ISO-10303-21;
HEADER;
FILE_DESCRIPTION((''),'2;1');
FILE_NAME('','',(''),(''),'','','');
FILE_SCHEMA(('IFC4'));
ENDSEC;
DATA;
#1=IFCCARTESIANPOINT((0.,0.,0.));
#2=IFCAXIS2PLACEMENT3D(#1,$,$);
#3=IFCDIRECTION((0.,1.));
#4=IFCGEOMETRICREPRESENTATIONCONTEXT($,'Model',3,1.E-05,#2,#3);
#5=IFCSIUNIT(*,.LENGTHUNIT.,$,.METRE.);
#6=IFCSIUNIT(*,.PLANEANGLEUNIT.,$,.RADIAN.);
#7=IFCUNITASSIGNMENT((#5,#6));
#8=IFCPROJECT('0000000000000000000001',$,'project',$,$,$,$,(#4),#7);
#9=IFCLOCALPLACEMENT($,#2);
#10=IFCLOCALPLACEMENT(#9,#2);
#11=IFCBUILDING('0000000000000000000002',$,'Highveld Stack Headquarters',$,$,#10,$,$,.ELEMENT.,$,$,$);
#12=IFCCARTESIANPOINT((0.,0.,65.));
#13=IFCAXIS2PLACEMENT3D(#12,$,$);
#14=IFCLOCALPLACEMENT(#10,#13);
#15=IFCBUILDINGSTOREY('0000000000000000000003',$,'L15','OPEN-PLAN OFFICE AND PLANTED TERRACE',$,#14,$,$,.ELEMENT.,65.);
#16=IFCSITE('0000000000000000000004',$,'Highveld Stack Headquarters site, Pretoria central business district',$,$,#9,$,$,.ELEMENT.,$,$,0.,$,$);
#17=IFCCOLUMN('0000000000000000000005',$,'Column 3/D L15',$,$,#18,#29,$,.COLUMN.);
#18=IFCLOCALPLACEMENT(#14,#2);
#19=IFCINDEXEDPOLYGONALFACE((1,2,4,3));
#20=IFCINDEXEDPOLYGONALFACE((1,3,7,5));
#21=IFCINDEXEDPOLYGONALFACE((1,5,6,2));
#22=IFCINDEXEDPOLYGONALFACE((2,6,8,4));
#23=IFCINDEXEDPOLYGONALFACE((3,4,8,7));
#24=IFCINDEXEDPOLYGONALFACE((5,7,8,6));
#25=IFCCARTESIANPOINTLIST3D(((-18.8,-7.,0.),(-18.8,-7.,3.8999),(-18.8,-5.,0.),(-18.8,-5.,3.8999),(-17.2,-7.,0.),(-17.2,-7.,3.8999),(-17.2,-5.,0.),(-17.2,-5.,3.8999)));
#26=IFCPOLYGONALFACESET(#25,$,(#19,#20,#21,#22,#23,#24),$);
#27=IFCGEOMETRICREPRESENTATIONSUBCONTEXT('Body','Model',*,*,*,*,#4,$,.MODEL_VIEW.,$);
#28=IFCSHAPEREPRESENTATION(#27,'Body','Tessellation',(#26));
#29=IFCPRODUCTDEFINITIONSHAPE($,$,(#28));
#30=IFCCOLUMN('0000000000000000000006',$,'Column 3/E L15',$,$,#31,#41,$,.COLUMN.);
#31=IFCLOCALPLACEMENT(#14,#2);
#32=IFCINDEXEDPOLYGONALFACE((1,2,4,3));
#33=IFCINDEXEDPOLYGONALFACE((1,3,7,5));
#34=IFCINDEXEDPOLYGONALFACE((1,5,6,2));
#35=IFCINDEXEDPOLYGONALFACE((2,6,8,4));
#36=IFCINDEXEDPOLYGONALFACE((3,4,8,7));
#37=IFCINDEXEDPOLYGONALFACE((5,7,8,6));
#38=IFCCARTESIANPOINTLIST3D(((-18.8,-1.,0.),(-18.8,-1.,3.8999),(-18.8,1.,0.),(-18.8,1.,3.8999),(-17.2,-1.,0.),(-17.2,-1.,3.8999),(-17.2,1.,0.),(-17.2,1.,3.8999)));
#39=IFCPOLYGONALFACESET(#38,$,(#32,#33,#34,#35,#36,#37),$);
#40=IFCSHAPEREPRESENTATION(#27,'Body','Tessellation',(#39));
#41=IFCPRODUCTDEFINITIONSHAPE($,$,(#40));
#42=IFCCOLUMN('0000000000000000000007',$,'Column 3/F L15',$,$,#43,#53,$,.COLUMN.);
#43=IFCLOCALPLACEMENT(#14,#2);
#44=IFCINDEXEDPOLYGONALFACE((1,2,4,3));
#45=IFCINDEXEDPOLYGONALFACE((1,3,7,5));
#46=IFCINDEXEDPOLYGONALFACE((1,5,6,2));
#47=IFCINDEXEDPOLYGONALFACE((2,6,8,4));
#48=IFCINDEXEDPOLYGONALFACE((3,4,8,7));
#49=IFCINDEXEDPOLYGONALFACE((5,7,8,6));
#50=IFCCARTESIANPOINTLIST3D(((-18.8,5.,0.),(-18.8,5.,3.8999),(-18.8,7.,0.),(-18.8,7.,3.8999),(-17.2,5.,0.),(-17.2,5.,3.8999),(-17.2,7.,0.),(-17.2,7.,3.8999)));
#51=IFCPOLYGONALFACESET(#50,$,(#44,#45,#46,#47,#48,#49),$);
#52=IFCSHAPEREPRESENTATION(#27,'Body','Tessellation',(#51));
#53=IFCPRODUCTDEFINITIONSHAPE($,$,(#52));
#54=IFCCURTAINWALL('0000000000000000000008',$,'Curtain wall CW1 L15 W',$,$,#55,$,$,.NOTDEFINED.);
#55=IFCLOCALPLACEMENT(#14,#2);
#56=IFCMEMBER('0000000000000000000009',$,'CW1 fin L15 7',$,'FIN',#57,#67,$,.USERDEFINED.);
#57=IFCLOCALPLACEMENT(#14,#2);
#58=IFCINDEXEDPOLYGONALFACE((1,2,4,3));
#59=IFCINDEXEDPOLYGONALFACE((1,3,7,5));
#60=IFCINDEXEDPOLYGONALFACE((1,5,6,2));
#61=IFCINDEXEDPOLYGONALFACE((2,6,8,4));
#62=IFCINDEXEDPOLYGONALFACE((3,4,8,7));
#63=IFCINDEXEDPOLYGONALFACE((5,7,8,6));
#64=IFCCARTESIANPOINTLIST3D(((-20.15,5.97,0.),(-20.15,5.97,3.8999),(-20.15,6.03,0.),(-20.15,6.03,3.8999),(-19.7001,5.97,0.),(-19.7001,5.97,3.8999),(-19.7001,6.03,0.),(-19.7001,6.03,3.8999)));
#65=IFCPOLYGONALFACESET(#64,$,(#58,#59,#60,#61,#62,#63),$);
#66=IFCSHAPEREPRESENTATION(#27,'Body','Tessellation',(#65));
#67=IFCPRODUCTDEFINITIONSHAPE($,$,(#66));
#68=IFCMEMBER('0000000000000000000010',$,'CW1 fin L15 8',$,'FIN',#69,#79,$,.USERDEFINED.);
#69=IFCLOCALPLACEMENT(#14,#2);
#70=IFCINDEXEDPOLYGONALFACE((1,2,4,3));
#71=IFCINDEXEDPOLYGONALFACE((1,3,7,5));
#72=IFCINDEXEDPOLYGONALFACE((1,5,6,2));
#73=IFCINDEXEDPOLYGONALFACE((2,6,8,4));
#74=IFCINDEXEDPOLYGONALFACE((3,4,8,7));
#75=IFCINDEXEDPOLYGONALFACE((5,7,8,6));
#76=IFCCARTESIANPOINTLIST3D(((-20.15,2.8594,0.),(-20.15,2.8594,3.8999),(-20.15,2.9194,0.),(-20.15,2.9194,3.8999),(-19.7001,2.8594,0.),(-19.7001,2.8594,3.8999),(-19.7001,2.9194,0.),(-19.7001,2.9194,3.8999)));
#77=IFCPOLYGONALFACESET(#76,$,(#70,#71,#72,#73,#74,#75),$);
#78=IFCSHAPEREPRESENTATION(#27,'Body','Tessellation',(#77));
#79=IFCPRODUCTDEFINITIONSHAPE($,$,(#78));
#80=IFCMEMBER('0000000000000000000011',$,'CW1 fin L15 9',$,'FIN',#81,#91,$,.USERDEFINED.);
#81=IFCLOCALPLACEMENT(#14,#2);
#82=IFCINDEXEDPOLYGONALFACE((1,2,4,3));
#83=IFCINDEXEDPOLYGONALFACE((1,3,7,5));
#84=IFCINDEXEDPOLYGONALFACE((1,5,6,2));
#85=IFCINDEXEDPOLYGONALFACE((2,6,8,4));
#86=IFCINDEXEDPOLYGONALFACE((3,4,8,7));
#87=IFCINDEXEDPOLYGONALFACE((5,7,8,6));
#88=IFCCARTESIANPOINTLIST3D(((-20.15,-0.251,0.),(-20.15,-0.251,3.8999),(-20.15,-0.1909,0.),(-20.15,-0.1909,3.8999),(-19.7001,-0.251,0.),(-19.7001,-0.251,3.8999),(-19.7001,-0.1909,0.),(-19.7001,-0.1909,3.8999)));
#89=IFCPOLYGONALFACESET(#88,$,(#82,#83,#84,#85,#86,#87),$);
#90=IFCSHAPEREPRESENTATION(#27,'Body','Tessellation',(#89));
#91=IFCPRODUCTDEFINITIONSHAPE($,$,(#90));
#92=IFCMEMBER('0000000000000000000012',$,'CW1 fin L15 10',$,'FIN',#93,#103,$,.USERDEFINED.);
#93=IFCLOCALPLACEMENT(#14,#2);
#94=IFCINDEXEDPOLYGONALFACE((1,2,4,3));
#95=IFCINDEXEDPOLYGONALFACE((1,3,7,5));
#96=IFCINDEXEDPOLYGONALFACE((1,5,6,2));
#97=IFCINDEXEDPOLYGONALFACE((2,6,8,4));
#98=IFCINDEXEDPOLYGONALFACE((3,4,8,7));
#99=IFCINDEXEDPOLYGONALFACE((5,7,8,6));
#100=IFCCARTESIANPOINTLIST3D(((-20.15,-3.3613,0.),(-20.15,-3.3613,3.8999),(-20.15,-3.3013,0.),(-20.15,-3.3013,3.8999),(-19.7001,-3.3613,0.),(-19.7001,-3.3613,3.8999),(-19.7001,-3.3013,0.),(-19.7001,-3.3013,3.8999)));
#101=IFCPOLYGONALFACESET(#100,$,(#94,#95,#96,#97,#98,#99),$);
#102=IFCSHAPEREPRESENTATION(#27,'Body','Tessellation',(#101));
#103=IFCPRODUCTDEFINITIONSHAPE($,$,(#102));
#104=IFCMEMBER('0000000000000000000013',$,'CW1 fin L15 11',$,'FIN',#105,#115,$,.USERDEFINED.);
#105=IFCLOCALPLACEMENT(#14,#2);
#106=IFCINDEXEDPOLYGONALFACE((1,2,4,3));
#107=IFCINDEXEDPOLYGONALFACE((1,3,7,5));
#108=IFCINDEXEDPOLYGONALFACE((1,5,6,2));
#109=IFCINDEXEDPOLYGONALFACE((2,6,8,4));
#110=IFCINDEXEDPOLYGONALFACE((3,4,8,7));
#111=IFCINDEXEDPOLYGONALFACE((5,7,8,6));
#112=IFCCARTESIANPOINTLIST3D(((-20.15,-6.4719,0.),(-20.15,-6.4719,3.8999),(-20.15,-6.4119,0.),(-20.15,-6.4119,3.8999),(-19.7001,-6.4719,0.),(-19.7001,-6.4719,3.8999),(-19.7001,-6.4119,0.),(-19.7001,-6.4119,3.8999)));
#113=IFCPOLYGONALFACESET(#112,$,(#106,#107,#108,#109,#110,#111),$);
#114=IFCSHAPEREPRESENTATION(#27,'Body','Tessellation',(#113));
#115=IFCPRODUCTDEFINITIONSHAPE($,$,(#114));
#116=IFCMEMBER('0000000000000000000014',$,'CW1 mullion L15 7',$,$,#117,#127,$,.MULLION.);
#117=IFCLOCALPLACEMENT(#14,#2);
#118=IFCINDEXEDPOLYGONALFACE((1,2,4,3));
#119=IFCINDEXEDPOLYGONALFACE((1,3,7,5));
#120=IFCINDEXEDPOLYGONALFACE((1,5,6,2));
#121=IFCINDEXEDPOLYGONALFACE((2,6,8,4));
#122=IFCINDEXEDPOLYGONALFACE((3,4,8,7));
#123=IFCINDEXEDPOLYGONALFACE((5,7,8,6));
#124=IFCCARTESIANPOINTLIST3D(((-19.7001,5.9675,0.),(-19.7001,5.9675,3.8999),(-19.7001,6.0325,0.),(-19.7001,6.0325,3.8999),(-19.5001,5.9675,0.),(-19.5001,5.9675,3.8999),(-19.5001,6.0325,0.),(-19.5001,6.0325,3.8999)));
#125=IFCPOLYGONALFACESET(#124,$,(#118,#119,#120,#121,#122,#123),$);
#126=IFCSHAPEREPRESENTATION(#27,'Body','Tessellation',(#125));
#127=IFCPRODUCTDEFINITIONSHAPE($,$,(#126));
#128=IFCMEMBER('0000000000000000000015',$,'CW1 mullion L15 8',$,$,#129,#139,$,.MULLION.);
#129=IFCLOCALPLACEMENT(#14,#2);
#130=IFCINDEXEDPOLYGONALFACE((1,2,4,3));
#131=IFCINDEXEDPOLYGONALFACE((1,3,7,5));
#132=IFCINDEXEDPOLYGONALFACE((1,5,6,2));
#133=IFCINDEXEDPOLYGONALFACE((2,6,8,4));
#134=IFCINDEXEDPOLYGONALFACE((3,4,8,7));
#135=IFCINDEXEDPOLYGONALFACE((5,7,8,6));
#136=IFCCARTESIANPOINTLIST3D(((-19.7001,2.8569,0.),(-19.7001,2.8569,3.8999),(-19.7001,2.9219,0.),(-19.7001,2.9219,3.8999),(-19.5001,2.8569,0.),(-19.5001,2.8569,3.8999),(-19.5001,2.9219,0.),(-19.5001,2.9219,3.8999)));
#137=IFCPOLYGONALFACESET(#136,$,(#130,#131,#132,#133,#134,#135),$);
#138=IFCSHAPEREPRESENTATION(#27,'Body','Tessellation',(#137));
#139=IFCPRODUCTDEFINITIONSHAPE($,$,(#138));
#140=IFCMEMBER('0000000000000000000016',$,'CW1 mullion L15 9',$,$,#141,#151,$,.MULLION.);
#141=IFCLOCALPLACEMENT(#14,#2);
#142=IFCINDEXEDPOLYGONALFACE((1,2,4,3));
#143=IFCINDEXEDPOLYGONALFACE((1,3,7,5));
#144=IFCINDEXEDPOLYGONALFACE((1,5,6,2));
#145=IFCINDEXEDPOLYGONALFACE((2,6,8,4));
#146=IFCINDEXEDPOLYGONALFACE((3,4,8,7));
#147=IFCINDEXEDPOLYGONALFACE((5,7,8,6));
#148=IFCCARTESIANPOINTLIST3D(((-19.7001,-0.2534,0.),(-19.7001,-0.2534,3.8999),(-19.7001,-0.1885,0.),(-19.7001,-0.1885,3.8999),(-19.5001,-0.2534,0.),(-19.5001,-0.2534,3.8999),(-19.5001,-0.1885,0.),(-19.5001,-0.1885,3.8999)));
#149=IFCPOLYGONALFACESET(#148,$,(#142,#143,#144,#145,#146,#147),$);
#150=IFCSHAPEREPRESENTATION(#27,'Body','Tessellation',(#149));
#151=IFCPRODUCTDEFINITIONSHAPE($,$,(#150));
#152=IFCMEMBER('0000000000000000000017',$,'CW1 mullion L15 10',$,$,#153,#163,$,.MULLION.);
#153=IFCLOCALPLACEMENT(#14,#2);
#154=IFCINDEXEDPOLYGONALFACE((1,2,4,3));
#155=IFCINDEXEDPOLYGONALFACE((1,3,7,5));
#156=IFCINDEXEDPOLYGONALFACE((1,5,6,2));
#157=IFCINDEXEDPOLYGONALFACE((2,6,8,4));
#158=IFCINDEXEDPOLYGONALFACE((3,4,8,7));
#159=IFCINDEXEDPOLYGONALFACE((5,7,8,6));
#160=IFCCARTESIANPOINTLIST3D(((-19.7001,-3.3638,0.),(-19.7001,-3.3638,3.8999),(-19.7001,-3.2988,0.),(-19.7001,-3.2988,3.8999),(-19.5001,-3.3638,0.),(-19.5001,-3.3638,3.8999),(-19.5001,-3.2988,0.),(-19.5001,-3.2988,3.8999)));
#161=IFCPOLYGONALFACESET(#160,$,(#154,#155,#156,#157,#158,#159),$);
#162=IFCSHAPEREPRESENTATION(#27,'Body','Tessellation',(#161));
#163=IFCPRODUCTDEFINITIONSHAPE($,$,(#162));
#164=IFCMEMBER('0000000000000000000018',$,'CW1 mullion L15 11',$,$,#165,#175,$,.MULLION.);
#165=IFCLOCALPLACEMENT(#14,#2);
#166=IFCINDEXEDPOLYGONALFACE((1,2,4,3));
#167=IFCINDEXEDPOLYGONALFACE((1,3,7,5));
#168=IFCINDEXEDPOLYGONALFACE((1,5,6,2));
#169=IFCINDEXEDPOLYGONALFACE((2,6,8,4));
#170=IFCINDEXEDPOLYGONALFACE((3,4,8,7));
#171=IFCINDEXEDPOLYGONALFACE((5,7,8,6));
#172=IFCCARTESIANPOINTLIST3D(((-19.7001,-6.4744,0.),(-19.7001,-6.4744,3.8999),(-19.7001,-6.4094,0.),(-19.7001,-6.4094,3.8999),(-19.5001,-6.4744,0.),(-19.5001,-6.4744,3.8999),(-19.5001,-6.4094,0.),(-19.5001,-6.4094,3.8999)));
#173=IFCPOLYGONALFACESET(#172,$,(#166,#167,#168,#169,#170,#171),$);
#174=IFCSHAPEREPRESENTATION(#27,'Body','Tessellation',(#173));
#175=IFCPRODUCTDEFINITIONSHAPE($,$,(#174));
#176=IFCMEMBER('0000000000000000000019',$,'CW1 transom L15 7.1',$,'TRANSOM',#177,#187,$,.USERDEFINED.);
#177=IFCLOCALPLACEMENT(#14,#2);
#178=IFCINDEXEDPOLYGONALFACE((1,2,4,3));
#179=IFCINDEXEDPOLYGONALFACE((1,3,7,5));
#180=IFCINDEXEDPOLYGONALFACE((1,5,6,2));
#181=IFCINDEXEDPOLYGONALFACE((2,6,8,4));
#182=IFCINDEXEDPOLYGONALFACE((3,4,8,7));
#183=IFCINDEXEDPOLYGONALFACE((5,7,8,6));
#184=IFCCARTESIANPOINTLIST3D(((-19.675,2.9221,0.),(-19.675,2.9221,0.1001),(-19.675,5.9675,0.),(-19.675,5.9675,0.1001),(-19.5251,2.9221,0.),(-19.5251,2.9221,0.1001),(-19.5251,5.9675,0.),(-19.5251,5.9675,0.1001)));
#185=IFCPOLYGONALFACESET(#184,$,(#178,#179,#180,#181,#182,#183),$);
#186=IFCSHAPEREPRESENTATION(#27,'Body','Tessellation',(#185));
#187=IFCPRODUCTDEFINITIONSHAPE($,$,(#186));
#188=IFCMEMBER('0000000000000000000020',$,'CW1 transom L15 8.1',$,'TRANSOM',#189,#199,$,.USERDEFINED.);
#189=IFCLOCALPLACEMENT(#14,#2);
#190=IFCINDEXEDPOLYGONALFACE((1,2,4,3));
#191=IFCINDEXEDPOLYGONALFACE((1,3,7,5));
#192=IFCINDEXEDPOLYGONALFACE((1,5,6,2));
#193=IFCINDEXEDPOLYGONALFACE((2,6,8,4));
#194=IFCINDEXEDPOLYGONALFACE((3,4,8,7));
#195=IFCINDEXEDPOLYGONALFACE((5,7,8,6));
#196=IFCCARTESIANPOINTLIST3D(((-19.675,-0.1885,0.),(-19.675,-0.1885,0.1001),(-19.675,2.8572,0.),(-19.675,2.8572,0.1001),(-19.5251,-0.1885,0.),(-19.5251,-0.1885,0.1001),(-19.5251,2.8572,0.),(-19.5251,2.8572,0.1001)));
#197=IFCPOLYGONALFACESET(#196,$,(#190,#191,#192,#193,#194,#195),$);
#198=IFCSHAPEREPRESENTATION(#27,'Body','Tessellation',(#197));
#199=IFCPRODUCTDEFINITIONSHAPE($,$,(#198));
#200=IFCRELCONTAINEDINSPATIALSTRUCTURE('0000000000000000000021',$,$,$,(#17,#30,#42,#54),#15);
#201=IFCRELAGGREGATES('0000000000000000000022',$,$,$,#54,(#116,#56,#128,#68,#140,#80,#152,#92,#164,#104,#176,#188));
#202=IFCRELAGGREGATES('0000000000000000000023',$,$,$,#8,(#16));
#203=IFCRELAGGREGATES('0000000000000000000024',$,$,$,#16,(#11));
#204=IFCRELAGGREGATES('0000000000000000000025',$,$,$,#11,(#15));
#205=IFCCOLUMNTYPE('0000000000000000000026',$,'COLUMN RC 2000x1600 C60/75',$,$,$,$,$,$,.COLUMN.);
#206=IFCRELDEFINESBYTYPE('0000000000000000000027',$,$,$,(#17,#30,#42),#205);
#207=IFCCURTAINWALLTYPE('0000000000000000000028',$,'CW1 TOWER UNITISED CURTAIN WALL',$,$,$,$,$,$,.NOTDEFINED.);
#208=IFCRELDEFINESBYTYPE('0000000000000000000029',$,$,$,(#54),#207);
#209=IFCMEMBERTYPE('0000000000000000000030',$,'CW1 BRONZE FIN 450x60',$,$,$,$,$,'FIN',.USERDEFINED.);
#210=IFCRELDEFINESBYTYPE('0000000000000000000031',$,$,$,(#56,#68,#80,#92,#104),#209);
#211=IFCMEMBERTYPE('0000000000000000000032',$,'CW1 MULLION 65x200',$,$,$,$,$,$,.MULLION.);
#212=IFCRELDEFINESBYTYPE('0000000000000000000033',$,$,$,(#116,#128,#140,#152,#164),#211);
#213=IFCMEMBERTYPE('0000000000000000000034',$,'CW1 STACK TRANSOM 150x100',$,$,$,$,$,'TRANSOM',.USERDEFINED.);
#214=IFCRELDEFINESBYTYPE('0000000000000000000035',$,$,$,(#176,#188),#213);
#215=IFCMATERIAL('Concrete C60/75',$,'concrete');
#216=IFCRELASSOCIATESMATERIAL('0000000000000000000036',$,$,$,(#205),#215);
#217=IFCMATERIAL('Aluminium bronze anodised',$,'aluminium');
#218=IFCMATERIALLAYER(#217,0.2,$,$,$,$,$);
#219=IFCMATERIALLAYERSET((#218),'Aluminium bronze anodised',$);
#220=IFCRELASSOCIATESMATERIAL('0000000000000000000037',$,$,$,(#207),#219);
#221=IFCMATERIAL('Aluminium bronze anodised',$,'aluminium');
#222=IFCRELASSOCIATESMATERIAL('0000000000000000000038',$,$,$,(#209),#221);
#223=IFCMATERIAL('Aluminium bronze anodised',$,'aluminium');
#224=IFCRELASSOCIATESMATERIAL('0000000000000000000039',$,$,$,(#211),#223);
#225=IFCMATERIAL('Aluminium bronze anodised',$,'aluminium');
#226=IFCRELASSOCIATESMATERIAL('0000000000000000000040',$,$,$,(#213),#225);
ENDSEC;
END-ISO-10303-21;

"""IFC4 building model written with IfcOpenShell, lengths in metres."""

from ifc_helpers import new_model, si_unit, direction, frame, origin, origin_2d, place, context, subcontext, project, spatial, rectangle, extrude, material, layer, layer_set, material_profile, profile_set, type_object, element, aggregate, save


model = new_model("IFC4")

# Units and contexts
model_context = context("Model", 3, precision=1e-05, world=origin(), true_north=direction((0.0, 1.0)))
body_context = subcontext(model_context, "Body", "Model", "MODEL_VIEW")
ifc_project = project(units=[si_unit("LENGTHUNIT", "METRE"), si_unit("PLANEANGLEUNIT", "RADIAN")], contexts=[model_context])

# Site, building, storey
site_placement = place(None, origin())
site = spatial("IfcSite", under=ifc_project, at=site_placement, Name="Highveld Stack Headquarters site, Pretoria central business district", CompositionType="ELEMENT", RefElevation=0.0)
building_placement = place(site_placement, origin())
building = spatial("IfcBuilding", under=site, at=building_placement, Name="Highveld Stack Headquarters", CompositionType="ELEMENT")
storey_placement = place(building_placement, frame((0.0, 0.0, 65.0)))
storey = spatial("IfcBuildingStorey", under=building, at=storey_placement, Name="L15", Description="OPEN-PLAN OFFICE AND PLANTED TERRACE", CompositionType="ELEMENT", Elevation=65.0)

# Columns
ifc_material_1 = material(Name="Concrete C60/75", Category="concrete")
ifc_material_profile_1 = material_profile(ifc_material_1, rectangle(XDim=2.0, YDim=1.6001, at=origin_2d()), Name="RC 2000x1600")
ifc_profile_set_1 = profile_set([ifc_material_profile_1], Name="Concrete C60/75")
column_type = type_object("IfcColumnType", Name="COLUMN RC 2000x1600 C60/75", PredefinedType="COLUMN", material=ifc_profile_set_1)
for number, where, z_axis, x_axis, name in (
    (1, (-18.0, -6.0, 0.0), (0.0, 0.0, 1.0), (0.0, 1.0, 0.0), "Column 3/D L15"),
    (2, (-18.0, 0.0, 0.0), (0.0, 0.0, 1.0), (0.0, 1.0, 0.0), "Column 3/E L15"),
    (3, (-18.0, 6.0, 0.0), (0.0, 0.0, 1.0), (0.0, 1.0, 0.0), "Column 3/F L15"),
):
    element("IfcColumn", number, at=place(storey_placement, frame(where, z_axis=z_axis, x_axis=x_axis)), inside=storey, type_object=column_type, Name=name, PredefinedType="COLUMN", context=body_context, shape_type="SweptSolid", body=[
        extrude(rectangle(XDim=2.0, YDim=1.6001, at=origin_2d()), origin(), (0.0, 0.0, 1.0), 3.8999),
    ])

# Curtain wall, members
ifc_material_2 = material(Name="Aluminium bronze anodised", Category="aluminium")
ifc_layer_1 = layer(ifc_material_2, 0.2)
ifc_layer_set_1 = layer_set([ifc_layer_1], Name="Aluminium bronze anodised")
curtain_wall_type = type_object("IfcCurtainWallType", Name="CW1 TOWER UNITISED CURTAIN WALL", PredefinedType="NOTDEFINED", material=ifc_layer_set_1)
curtain_wall_placement = place(storey_placement, origin())
curtain_wall = element("IfcCurtainWall", 4, at=curtain_wall_placement, inside=storey, type_object=curtain_wall_type, Name="Curtain wall CW1 L15 W", PredefinedType="NOTDEFINED")
ifc_material_3 = material(Name="Aluminium bronze anodised", Category="aluminium")
ifc_material_profile_2 = material_profile(ifc_material_3, rectangle(XDim=0.45, YDim=0.0601, at=origin_2d()), Name="FIN 450x60")
ifc_profile_set_2 = profile_set([ifc_material_profile_2], Name="Aluminium bronze anodised")
member_type_1 = type_object("IfcMemberType", Name="CW1 BRONZE FIN 450x60", ElementType="FIN", PredefinedType="USERDEFINED", material=ifc_profile_set_2)
member_1_placement = place(storey_placement, frame((-19.925, 6.0, 0.0), z_axis=(0.0, 0.0, 1.0), x_axis=(1.0, 0.0, 0.0)))
member_1 = element("IfcMember", 5, at=member_1_placement, type_object=member_type_1, Name="CW1 fin L15 7", ObjectType="FIN", PredefinedType="USERDEFINED", context=body_context, shape_type="SweptSolid", body=[
    extrude(rectangle(XDim=0.45, YDim=0.0601, at=origin_2d()), origin(), (0.0, 0.0, 1.0), 3.8999),
])
member_2_placement = place(storey_placement, frame((-19.925, 2.8894, 0.0), z_axis=(0.0, 0.0, 1.0), x_axis=(1.0, 0.0, 0.0)))
member_2 = element("IfcMember", 6, at=member_2_placement, type_object=member_type_1, Name="CW1 fin L15 8", ObjectType="FIN", PredefinedType="USERDEFINED", context=body_context, shape_type="SweptSolid", body=[
    extrude(rectangle(XDim=0.45, YDim=0.0601, at=origin_2d()), origin(), (0.0, 0.0, 1.0), 3.8999),
])
member_3_placement = place(storey_placement, frame((-19.925, -0.2209, 0.0), z_axis=(0.0, 0.0, 1.0), x_axis=(1.0, 0.0, 0.0)))
member_3 = element("IfcMember", 7, at=member_3_placement, type_object=member_type_1, Name="CW1 fin L15 9", ObjectType="FIN", PredefinedType="USERDEFINED", context=body_context, shape_type="SweptSolid", body=[
    extrude(rectangle(XDim=0.45, YDim=0.0601, at=origin_2d()), origin(), (0.0, 0.0, 1.0), 3.8999),
])
member_4_placement = place(storey_placement, frame((-19.925, -3.3313, 0.0), z_axis=(0.0, 0.0, 1.0), x_axis=(1.0, 0.0, 0.0)))
member_4 = element("IfcMember", 8, at=member_4_placement, type_object=member_type_1, Name="CW1 fin L15 10", ObjectType="FIN", PredefinedType="USERDEFINED", context=body_context, shape_type="SweptSolid", body=[
    extrude(rectangle(XDim=0.45, YDim=0.0601, at=origin_2d()), origin(), (0.0, 0.0, 1.0), 3.8999),
])
member_5_placement = place(storey_placement, frame((-19.925, -6.4419, 0.0), z_axis=(0.0, 0.0, 1.0), x_axis=(1.0, 0.0, 0.0)))
member_5 = element("IfcMember", 9, at=member_5_placement, type_object=member_type_1, Name="CW1 fin L15 11", ObjectType="FIN", PredefinedType="USERDEFINED", context=body_context, shape_type="SweptSolid", body=[
    extrude(rectangle(XDim=0.45, YDim=0.0601, at=origin_2d()), origin(), (0.0, 0.0, 1.0), 3.8999),
])
ifc_material_4 = material(Name="Aluminium bronze anodised", Category="aluminium")
ifc_material_profile_3 = material_profile(ifc_material_4, rectangle(XDim=0.2, YDim=0.0649, at=origin_2d()), Name="CW1 MULLION 65x200")
ifc_profile_set_3 = profile_set([ifc_material_profile_3], Name="Aluminium bronze anodised")
member_type_2 = type_object("IfcMemberType", Name="CW1 MULLION 65x200", PredefinedType="MULLION", material=ifc_profile_set_3)
member_6_placement = place(storey_placement, frame((-19.6001, 6.0, 0.0), z_axis=(0.0, 0.0, 1.0), x_axis=(1.0, 0.0, 0.0)))
member_6 = element("IfcMember", 10, at=member_6_placement, type_object=member_type_2, Name="CW1 mullion L15 7", PredefinedType="MULLION", context=body_context, shape_type="SweptSolid", body=[
    extrude(rectangle(XDim=0.2, YDim=0.0649, at=origin_2d()), origin(), (0.0, 0.0, 1.0), 3.8999),
])
member_7_placement = place(storey_placement, frame((-19.6001, 2.8894, 0.0), z_axis=(0.0, 0.0, 1.0), x_axis=(1.0, 0.0, 0.0)))
member_7 = element("IfcMember", 11, at=member_7_placement, type_object=member_type_2, Name="CW1 mullion L15 8", PredefinedType="MULLION", context=body_context, shape_type="SweptSolid", body=[
    extrude(rectangle(XDim=0.2, YDim=0.0649, at=origin_2d()), origin(), (0.0, 0.0, 1.0), 3.8999),
])
member_8_placement = place(storey_placement, frame((-19.6001, -0.2209, 0.0), z_axis=(0.0, 0.0, 1.0), x_axis=(1.0, 0.0, 0.0)))
member_8 = element("IfcMember", 12, at=member_8_placement, type_object=member_type_2, Name="CW1 mullion L15 9", PredefinedType="MULLION", context=body_context, shape_type="SweptSolid", body=[
    extrude(rectangle(XDim=0.2, YDim=0.0649, at=origin_2d()), origin(), (0.0, 0.0, 1.0), 3.8999),
])
member_9_placement = place(storey_placement, frame((-19.6001, -3.3313, 0.0), z_axis=(0.0, 0.0, 1.0), x_axis=(1.0, 0.0, 0.0)))
member_9 = element("IfcMember", 13, at=member_9_placement, type_object=member_type_2, Name="CW1 mullion L15 10", PredefinedType="MULLION", context=body_context, shape_type="SweptSolid", body=[
    extrude(rectangle(XDim=0.2, YDim=0.0649, at=origin_2d()), origin(), (0.0, 0.0, 1.0), 3.8999),
])
member_10_placement = place(storey_placement, frame((-19.6001, -6.4419, 0.0), z_axis=(0.0, 0.0, 1.0), x_axis=(1.0, 0.0, 0.0)))
member_10 = element("IfcMember", 14, at=member_10_placement, type_object=member_type_2, Name="CW1 mullion L15 11", PredefinedType="MULLION", context=body_context, shape_type="SweptSolid", body=[
    extrude(rectangle(XDim=0.2, YDim=0.0649, at=origin_2d()), origin(), (0.0, 0.0, 1.0), 3.8999),
])
ifc_material_5 = material(Name="Aluminium bronze anodised", Category="aluminium")
ifc_material_profile_4 = material_profile(ifc_material_5, rectangle(XDim=0.1499, YDim=0.1001, at=origin_2d()), Name="CW1 TRANSOM 150x100")
ifc_profile_set_4 = profile_set([ifc_material_profile_4], Name="Aluminium bronze anodised")
member_type_3 = type_object("IfcMemberType", Name="CW1 STACK TRANSOM 150x100", ElementType="TRANSOM", PredefinedType="USERDEFINED", material=ifc_profile_set_4)
member_11_placement = place(storey_placement, frame((-19.6001, 5.9675, 0.05), z_axis=(0.0, -1.0, 0.0), x_axis=(1.0, 0.0, 0.0)))
member_11 = element("IfcMember", 15, at=member_11_placement, type_object=member_type_3, Name="CW1 transom L15 7.1", ObjectType="TRANSOM", PredefinedType="USERDEFINED", context=body_context, shape_type="SweptSolid", body=[
    extrude(rectangle(XDim=0.1499, YDim=0.1001, at=origin_2d()), origin(), (0.0, 0.0, 1.0), 3.0454),
])
member_12_placement = place(storey_placement, frame((-19.6001, 2.8572, 0.05), z_axis=(0.0, -1.0, 0.0), x_axis=(1.0, 0.0, 0.0)))
member_12 = element("IfcMember", 16, at=member_12_placement, type_object=member_type_3, Name="CW1 transom L15 8.1", ObjectType="TRANSOM", PredefinedType="USERDEFINED", context=body_context, shape_type="SweptSolid", body=[
    extrude(rectangle(XDim=0.1499, YDim=0.1001, at=origin_2d()), origin(), (0.0, 0.0, 1.0), 3.0457),
])
aggregate(curtain_wall, [member_6, member_1, member_7, member_2, member_8, member_3, member_9, member_4, member_10, member_5, member_11, member_12])

save(model, "model.ifc")
